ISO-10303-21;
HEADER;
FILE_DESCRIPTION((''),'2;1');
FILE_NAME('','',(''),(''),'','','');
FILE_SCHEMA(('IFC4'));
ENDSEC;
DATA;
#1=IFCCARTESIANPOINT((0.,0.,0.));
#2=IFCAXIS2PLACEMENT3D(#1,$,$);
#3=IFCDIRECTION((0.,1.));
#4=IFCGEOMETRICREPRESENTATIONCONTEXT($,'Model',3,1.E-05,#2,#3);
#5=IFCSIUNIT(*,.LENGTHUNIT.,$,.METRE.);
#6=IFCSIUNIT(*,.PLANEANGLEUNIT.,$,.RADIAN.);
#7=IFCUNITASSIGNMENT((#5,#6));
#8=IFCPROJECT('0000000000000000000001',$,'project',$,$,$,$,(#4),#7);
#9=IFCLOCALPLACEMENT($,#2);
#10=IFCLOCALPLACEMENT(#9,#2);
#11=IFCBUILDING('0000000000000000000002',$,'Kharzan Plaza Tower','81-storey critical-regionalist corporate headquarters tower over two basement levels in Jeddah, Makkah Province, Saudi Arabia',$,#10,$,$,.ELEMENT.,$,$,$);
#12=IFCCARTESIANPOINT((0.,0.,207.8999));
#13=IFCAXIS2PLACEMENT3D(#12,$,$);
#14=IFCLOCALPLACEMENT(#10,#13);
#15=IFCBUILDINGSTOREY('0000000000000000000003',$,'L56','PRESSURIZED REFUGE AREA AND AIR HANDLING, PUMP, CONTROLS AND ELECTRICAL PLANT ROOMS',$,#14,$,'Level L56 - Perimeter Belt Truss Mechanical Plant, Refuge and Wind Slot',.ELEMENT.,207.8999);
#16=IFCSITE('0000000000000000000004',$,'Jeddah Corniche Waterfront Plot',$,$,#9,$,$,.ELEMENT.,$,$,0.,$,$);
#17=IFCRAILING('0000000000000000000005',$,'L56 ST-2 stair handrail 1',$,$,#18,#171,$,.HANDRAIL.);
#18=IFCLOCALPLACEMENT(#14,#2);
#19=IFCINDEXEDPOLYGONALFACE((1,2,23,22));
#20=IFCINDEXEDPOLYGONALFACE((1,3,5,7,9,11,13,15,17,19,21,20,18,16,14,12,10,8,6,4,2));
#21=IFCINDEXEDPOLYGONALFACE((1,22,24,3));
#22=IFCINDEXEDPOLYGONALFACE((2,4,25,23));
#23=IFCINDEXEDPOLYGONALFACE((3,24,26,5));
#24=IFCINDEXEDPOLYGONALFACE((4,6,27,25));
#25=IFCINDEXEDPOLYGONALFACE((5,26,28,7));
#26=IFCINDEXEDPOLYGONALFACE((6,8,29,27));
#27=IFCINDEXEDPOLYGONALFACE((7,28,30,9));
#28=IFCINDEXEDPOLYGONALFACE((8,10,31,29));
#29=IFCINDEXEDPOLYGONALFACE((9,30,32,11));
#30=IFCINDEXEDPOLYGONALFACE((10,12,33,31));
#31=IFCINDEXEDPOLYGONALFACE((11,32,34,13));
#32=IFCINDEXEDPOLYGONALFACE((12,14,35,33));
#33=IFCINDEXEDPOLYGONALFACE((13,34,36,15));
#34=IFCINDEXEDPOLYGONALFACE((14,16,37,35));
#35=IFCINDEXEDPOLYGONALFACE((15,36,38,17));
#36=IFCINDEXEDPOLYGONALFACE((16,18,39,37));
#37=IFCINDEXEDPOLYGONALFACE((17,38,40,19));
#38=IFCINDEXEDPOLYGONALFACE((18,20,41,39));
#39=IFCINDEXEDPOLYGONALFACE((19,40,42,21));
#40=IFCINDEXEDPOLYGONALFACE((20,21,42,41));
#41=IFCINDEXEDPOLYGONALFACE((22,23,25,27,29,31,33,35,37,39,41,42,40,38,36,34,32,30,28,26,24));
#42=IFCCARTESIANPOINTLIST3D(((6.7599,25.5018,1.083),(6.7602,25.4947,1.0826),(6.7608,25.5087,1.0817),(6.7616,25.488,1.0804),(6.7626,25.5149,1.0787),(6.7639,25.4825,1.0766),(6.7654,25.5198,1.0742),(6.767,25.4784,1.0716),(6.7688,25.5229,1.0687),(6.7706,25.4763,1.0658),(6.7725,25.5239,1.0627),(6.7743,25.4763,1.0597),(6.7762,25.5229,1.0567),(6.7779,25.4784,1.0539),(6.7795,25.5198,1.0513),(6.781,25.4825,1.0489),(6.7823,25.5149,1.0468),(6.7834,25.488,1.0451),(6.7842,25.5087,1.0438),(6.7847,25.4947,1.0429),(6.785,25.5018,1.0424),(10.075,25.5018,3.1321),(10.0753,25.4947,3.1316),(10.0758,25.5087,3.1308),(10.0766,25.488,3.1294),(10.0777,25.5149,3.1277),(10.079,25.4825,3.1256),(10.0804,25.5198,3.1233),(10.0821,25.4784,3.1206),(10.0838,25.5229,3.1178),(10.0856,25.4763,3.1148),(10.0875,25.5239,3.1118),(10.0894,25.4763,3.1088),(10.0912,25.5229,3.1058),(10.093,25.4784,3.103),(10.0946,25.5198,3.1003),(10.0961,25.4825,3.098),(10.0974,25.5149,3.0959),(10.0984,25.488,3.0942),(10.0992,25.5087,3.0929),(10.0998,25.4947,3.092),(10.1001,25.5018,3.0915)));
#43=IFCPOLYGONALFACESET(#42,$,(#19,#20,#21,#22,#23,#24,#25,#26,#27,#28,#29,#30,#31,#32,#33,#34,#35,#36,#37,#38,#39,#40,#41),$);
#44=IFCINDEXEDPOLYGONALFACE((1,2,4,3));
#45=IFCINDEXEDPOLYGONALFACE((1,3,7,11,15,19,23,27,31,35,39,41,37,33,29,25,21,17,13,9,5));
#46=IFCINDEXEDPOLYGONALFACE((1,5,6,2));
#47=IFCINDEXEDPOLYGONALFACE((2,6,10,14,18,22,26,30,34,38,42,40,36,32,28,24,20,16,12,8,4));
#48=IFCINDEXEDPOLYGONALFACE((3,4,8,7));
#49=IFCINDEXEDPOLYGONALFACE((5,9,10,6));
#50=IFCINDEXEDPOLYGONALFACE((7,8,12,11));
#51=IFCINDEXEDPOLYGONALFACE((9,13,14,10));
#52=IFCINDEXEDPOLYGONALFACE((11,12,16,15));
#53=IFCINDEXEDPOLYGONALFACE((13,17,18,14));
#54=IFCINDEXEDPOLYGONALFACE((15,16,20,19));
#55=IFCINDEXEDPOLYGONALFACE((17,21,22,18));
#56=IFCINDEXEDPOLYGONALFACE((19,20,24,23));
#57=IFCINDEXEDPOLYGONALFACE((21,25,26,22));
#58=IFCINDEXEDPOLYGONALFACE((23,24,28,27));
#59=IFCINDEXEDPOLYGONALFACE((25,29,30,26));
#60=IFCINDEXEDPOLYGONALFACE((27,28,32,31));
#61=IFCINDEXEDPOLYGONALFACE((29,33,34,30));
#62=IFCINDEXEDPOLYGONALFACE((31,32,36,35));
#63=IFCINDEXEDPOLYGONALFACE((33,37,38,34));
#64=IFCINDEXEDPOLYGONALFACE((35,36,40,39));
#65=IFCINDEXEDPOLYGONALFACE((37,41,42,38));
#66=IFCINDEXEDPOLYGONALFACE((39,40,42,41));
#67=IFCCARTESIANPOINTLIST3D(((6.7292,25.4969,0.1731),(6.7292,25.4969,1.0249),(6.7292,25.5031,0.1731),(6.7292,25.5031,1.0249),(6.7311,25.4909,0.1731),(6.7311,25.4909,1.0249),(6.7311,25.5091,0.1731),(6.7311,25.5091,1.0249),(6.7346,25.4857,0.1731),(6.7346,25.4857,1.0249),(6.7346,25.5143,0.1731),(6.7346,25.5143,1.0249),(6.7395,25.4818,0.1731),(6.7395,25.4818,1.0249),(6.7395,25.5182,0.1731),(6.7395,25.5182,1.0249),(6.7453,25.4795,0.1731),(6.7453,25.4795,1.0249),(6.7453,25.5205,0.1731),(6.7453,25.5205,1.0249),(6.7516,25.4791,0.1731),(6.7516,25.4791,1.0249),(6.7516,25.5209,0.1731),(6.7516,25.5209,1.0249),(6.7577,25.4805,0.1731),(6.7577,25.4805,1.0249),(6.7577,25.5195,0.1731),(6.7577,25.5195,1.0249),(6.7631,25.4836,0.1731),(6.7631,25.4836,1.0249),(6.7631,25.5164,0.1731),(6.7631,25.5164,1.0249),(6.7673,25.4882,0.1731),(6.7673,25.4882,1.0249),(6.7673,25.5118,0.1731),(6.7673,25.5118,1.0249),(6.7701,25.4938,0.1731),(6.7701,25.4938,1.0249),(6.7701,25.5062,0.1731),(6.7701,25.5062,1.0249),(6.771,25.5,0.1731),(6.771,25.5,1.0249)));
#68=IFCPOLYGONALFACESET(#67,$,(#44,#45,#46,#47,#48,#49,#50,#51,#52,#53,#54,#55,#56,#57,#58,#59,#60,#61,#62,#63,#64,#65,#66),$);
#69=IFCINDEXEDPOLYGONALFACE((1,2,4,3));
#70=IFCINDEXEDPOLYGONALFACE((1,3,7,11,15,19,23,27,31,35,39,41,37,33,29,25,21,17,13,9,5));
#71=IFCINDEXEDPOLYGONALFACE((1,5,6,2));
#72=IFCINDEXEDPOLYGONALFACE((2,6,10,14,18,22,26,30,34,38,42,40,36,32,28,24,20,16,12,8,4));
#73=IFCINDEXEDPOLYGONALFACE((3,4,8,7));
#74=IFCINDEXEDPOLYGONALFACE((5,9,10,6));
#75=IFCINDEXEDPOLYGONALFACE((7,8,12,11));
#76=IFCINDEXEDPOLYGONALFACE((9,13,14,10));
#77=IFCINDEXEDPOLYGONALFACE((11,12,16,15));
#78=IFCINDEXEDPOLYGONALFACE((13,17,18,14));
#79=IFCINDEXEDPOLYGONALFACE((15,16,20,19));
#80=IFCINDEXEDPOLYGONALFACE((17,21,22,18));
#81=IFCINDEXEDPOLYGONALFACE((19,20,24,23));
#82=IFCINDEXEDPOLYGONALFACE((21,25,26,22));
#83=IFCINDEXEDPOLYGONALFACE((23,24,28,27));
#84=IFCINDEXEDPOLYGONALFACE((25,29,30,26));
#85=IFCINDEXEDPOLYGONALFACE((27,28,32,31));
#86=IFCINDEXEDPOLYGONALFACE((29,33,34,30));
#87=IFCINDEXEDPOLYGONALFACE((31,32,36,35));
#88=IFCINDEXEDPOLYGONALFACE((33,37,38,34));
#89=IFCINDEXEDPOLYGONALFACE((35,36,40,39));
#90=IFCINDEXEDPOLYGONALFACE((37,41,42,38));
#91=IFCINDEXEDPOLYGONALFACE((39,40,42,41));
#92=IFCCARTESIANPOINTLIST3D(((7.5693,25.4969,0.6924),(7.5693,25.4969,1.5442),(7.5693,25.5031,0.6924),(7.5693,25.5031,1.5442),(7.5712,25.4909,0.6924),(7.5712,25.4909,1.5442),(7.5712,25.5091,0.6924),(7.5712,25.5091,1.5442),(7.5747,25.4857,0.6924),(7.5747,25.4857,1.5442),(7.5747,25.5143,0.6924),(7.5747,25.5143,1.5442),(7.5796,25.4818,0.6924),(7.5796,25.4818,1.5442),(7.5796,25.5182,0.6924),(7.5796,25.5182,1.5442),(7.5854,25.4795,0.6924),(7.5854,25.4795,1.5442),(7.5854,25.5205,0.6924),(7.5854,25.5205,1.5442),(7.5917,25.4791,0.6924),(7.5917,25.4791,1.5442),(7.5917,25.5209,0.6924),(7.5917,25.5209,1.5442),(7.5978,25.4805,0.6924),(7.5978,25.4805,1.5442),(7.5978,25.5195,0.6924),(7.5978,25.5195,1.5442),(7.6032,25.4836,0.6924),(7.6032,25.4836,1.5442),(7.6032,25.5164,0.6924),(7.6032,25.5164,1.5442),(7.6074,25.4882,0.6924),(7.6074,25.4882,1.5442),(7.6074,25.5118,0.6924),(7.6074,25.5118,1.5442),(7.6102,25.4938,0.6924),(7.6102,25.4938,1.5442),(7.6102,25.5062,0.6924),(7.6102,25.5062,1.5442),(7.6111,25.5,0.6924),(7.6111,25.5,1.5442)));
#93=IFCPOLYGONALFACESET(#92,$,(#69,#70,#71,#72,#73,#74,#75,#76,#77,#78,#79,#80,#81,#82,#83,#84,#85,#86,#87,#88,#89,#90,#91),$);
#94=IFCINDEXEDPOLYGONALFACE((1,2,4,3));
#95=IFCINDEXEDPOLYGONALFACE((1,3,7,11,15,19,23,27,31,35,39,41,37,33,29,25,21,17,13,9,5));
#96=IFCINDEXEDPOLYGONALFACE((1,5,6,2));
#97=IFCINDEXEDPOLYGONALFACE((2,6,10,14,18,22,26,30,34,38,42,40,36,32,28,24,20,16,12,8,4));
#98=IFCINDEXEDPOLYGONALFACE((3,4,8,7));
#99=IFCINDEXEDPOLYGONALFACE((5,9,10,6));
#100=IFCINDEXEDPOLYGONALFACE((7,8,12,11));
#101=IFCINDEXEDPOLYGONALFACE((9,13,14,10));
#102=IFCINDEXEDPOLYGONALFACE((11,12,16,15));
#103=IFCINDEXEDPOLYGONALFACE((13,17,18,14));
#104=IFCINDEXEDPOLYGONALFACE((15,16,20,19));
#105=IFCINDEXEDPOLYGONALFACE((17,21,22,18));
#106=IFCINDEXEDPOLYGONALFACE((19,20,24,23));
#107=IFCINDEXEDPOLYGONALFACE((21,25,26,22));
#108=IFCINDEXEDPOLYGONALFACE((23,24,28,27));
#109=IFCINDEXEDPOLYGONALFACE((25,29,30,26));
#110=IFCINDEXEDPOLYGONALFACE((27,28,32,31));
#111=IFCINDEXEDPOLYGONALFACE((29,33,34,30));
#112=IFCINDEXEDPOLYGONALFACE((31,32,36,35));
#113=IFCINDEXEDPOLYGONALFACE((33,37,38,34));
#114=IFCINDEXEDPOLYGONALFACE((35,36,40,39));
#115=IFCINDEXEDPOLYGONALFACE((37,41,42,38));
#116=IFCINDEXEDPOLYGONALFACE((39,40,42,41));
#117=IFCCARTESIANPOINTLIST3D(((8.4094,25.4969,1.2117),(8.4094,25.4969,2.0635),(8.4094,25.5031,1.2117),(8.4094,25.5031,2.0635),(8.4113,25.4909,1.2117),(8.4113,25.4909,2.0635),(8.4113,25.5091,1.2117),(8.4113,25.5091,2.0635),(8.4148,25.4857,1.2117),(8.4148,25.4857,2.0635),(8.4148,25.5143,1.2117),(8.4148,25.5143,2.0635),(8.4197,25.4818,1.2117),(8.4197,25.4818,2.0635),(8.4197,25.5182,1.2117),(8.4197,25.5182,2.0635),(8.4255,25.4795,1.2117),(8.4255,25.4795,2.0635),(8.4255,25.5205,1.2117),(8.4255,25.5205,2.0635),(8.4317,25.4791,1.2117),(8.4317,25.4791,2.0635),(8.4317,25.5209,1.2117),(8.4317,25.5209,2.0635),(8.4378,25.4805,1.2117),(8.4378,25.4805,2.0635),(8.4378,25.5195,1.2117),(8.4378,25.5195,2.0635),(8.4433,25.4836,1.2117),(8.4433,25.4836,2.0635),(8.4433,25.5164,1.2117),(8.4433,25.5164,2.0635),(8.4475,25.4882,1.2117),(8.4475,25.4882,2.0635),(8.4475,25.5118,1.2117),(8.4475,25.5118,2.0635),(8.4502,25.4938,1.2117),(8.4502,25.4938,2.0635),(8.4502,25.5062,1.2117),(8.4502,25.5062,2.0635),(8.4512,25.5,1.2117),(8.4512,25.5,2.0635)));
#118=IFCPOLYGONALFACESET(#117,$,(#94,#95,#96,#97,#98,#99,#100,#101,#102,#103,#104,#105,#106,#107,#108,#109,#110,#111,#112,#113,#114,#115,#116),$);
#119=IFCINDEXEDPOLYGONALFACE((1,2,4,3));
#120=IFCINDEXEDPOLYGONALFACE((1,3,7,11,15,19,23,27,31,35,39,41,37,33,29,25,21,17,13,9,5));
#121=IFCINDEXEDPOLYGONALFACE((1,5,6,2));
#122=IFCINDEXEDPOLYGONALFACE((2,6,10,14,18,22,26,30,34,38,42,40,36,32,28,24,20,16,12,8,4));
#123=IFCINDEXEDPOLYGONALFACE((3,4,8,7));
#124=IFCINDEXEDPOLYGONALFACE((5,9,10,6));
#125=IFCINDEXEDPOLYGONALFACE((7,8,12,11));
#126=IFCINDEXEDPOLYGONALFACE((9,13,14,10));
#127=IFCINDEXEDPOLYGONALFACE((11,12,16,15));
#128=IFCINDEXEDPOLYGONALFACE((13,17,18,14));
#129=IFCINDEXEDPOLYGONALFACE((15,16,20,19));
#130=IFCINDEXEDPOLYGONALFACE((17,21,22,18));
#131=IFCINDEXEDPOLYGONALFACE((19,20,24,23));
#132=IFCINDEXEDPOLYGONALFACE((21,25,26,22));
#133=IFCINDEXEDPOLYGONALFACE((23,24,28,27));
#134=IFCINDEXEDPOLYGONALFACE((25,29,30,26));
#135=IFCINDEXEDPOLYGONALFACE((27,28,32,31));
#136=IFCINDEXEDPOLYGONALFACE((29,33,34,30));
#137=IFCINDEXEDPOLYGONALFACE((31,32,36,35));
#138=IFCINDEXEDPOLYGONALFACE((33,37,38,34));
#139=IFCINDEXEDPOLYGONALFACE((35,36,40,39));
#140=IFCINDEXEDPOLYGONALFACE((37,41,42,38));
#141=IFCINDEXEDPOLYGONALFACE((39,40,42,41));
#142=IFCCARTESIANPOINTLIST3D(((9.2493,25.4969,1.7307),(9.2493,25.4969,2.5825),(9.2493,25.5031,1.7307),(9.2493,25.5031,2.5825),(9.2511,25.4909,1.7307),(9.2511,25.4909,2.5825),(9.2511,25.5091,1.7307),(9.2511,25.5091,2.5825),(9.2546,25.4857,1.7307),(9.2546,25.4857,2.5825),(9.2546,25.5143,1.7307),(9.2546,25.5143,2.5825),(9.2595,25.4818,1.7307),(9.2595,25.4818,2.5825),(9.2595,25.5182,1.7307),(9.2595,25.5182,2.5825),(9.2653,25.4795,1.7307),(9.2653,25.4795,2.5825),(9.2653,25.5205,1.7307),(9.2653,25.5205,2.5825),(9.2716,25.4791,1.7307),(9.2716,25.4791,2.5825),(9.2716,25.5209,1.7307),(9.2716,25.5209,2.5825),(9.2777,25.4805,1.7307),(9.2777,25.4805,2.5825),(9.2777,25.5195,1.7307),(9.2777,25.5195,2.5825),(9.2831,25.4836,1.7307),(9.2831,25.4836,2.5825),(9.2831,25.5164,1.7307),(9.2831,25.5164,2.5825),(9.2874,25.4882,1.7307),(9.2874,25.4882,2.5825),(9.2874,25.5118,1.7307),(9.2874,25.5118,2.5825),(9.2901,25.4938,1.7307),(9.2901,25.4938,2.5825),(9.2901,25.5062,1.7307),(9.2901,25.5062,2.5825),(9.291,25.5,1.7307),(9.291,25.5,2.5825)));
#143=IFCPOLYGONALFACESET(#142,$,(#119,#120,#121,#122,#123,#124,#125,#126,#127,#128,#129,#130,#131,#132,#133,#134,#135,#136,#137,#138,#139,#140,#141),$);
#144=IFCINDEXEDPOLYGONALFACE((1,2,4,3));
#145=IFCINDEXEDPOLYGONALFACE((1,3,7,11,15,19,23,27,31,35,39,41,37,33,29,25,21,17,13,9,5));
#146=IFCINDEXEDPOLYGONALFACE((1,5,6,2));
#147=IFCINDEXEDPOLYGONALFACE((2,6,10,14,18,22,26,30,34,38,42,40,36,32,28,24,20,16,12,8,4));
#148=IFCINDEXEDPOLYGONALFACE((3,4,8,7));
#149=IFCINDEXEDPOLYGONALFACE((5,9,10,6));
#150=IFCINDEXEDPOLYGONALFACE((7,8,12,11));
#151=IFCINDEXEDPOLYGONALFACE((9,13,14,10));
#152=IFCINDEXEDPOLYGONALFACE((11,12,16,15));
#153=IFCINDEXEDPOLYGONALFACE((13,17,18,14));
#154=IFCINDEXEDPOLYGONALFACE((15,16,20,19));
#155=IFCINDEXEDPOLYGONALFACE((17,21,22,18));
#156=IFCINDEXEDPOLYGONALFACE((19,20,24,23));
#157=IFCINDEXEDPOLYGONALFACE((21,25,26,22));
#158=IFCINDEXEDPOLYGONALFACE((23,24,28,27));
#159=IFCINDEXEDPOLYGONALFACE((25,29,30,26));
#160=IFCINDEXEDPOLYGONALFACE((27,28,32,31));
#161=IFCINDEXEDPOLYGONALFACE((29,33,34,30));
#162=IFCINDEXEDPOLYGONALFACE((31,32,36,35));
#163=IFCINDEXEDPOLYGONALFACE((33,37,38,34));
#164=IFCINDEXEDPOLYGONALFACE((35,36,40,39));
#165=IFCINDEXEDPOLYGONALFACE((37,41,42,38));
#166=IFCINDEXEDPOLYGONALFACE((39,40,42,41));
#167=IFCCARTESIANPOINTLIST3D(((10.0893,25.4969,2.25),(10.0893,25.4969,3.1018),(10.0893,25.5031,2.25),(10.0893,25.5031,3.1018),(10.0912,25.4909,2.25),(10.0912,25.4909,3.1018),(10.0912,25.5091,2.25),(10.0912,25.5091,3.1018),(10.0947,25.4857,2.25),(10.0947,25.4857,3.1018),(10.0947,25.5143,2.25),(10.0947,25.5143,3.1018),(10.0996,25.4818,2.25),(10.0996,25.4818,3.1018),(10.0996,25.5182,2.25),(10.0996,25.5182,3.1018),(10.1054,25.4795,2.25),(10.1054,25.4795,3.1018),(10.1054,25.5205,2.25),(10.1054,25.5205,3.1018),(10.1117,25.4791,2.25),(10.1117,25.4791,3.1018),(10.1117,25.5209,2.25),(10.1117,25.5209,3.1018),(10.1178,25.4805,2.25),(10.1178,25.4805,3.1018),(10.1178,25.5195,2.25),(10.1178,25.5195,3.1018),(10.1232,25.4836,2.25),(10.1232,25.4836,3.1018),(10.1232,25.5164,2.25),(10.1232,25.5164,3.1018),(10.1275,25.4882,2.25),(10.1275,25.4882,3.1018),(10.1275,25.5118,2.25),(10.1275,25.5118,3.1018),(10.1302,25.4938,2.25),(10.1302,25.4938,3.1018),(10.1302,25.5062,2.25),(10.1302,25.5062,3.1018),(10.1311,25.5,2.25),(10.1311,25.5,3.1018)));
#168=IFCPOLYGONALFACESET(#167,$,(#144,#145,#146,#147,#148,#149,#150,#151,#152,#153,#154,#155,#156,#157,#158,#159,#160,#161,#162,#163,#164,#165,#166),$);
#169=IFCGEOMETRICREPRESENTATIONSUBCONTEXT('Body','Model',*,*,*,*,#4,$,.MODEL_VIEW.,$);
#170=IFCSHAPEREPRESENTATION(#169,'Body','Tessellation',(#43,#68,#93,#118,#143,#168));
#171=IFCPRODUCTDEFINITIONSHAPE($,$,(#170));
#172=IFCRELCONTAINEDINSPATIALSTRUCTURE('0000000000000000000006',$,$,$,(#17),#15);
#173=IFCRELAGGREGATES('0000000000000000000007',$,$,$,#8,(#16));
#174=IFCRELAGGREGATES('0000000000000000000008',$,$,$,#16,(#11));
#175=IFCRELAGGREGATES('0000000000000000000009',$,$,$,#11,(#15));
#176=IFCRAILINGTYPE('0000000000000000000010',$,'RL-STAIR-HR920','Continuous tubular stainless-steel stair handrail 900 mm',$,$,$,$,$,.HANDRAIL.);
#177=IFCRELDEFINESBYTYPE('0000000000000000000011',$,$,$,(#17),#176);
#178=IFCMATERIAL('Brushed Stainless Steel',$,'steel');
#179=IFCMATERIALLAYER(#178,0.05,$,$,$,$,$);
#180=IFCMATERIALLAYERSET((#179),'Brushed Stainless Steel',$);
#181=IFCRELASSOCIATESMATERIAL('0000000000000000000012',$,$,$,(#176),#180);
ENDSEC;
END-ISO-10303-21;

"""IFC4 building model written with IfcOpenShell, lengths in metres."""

from ifc_helpers import new_model, si_unit, direction, frame, origin, origin_2d, place, context, subcontext, project, spatial, circle, extrude, source, transform, mapped, material, layer, layer_set, type_object, element, save


model = new_model("IFC4")

# Units and contexts
model_context = context("Model", 3, precision=1e-05, world=origin(), true_north=direction((0.0, 1.0)))
body_context = subcontext(model_context, "Body", "Model", "MODEL_VIEW")
ifc_project = project(units=[si_unit("LENGTHUNIT", "METRE"), si_unit("PLANEANGLEUNIT", "RADIAN")], contexts=[model_context])

# Site, building, storey
site_placement = place(None, origin())
site = spatial("IfcSite", under=ifc_project, at=site_placement, Name="Jeddah Corniche Waterfront Plot", CompositionType="ELEMENT", RefElevation=0.0)
building_placement = place(site_placement, origin())
building = spatial("IfcBuilding", under=site, at=building_placement, Name="Kharzan Plaza Tower", Description="81-storey critical-regionalist corporate headquarters tower over two basement levels in Jeddah, Makkah Province, Saudi Arabia", CompositionType="ELEMENT")
storey_placement = place(building_placement, frame((0.0, 0.0, 207.8999)))
storey = spatial("IfcBuildingStorey", under=building, at=storey_placement, Name="L56", Description="PRESSURIZED REFUGE AREA AND AIR HANDLING, PUMP, CONTROLS AND ELECTRICAL PLANT ROOMS", LongName="Level L56 - Perimeter Belt Truss Mechanical Plant, Refuge and Wind Slot", CompositionType="ELEMENT", Elevation=207.8999)

# Shared definitions
ifc_material_1 = material(Name="Brushed Stainless Steel", Category="steel")

# Railing
ifc_layer_1 = layer(ifc_material_1, 0.05)
ifc_layer_set_1 = layer_set([ifc_layer_1], Name="Brushed Stainless Steel")
railing_type_1 = type_object("IfcRailingType", Name="RL-STAIR-HR920", Description="Continuous tubular stainless-steel stair handrail 900 mm", PredefinedType="HANDRAIL", material=ifc_layer_set_1)
shared_shape_1 = source(origin(), body_context, "Body", "SweptSolid", [
    extrude(circle(Radius=0.0239, at=origin_2d()), frame((0.0225, 0.0, 0.8896), z_axis=(0.850623, 0.0, 0.525776), x_axis=(0.0, 1.0, 0.0)), (0.0, 0.0, 1.0), 3.8972),
    extrude(circle(Radius=0.021, at=origin_2d()), origin(), (0.0, 0.0, 1.0), 0.8518),
    extrude(circle(Radius=0.021, at=origin_2d()), frame((0.8401, 0.0, 0.5193)), (0.0, 0.0, 1.0), 0.8518),
    extrude(circle(Radius=0.021, at=origin_2d()), frame((1.6802, 0.0, 1.0386)), (0.0, 0.0, 1.0), 0.8518),
    extrude(circle(Radius=0.021, at=origin_2d()), frame((2.52, 0.0, 1.5576)), (0.0, 0.0, 1.0), 0.8518),
    extrude(circle(Radius=0.021, at=origin_2d()), frame((3.3601, 0.0, 2.0769)), (0.0, 0.0, 1.0), 0.8518),
])
railing_1_placement = place(storey_placement, frame((6.75, 25.5, 0.1731)))
element("IfcRailing", 1, at=railing_1_placement, inside=storey, type_object=railing_type_1, Name="L56 ST-2 stair handrail 1", PredefinedType="HANDRAIL", context=body_context, shape_type="MappedRepresentation", body=[
    mapped(shared_shape_1, transform((0.0, 0.0, 0.0), x_axis=(1.0, 0.0, 0.0), y_axis=(0.0, 1.0, 0.0), z_axis=(0.0, 0.0, 1.0))),
])

save(model, "model.ifc")
